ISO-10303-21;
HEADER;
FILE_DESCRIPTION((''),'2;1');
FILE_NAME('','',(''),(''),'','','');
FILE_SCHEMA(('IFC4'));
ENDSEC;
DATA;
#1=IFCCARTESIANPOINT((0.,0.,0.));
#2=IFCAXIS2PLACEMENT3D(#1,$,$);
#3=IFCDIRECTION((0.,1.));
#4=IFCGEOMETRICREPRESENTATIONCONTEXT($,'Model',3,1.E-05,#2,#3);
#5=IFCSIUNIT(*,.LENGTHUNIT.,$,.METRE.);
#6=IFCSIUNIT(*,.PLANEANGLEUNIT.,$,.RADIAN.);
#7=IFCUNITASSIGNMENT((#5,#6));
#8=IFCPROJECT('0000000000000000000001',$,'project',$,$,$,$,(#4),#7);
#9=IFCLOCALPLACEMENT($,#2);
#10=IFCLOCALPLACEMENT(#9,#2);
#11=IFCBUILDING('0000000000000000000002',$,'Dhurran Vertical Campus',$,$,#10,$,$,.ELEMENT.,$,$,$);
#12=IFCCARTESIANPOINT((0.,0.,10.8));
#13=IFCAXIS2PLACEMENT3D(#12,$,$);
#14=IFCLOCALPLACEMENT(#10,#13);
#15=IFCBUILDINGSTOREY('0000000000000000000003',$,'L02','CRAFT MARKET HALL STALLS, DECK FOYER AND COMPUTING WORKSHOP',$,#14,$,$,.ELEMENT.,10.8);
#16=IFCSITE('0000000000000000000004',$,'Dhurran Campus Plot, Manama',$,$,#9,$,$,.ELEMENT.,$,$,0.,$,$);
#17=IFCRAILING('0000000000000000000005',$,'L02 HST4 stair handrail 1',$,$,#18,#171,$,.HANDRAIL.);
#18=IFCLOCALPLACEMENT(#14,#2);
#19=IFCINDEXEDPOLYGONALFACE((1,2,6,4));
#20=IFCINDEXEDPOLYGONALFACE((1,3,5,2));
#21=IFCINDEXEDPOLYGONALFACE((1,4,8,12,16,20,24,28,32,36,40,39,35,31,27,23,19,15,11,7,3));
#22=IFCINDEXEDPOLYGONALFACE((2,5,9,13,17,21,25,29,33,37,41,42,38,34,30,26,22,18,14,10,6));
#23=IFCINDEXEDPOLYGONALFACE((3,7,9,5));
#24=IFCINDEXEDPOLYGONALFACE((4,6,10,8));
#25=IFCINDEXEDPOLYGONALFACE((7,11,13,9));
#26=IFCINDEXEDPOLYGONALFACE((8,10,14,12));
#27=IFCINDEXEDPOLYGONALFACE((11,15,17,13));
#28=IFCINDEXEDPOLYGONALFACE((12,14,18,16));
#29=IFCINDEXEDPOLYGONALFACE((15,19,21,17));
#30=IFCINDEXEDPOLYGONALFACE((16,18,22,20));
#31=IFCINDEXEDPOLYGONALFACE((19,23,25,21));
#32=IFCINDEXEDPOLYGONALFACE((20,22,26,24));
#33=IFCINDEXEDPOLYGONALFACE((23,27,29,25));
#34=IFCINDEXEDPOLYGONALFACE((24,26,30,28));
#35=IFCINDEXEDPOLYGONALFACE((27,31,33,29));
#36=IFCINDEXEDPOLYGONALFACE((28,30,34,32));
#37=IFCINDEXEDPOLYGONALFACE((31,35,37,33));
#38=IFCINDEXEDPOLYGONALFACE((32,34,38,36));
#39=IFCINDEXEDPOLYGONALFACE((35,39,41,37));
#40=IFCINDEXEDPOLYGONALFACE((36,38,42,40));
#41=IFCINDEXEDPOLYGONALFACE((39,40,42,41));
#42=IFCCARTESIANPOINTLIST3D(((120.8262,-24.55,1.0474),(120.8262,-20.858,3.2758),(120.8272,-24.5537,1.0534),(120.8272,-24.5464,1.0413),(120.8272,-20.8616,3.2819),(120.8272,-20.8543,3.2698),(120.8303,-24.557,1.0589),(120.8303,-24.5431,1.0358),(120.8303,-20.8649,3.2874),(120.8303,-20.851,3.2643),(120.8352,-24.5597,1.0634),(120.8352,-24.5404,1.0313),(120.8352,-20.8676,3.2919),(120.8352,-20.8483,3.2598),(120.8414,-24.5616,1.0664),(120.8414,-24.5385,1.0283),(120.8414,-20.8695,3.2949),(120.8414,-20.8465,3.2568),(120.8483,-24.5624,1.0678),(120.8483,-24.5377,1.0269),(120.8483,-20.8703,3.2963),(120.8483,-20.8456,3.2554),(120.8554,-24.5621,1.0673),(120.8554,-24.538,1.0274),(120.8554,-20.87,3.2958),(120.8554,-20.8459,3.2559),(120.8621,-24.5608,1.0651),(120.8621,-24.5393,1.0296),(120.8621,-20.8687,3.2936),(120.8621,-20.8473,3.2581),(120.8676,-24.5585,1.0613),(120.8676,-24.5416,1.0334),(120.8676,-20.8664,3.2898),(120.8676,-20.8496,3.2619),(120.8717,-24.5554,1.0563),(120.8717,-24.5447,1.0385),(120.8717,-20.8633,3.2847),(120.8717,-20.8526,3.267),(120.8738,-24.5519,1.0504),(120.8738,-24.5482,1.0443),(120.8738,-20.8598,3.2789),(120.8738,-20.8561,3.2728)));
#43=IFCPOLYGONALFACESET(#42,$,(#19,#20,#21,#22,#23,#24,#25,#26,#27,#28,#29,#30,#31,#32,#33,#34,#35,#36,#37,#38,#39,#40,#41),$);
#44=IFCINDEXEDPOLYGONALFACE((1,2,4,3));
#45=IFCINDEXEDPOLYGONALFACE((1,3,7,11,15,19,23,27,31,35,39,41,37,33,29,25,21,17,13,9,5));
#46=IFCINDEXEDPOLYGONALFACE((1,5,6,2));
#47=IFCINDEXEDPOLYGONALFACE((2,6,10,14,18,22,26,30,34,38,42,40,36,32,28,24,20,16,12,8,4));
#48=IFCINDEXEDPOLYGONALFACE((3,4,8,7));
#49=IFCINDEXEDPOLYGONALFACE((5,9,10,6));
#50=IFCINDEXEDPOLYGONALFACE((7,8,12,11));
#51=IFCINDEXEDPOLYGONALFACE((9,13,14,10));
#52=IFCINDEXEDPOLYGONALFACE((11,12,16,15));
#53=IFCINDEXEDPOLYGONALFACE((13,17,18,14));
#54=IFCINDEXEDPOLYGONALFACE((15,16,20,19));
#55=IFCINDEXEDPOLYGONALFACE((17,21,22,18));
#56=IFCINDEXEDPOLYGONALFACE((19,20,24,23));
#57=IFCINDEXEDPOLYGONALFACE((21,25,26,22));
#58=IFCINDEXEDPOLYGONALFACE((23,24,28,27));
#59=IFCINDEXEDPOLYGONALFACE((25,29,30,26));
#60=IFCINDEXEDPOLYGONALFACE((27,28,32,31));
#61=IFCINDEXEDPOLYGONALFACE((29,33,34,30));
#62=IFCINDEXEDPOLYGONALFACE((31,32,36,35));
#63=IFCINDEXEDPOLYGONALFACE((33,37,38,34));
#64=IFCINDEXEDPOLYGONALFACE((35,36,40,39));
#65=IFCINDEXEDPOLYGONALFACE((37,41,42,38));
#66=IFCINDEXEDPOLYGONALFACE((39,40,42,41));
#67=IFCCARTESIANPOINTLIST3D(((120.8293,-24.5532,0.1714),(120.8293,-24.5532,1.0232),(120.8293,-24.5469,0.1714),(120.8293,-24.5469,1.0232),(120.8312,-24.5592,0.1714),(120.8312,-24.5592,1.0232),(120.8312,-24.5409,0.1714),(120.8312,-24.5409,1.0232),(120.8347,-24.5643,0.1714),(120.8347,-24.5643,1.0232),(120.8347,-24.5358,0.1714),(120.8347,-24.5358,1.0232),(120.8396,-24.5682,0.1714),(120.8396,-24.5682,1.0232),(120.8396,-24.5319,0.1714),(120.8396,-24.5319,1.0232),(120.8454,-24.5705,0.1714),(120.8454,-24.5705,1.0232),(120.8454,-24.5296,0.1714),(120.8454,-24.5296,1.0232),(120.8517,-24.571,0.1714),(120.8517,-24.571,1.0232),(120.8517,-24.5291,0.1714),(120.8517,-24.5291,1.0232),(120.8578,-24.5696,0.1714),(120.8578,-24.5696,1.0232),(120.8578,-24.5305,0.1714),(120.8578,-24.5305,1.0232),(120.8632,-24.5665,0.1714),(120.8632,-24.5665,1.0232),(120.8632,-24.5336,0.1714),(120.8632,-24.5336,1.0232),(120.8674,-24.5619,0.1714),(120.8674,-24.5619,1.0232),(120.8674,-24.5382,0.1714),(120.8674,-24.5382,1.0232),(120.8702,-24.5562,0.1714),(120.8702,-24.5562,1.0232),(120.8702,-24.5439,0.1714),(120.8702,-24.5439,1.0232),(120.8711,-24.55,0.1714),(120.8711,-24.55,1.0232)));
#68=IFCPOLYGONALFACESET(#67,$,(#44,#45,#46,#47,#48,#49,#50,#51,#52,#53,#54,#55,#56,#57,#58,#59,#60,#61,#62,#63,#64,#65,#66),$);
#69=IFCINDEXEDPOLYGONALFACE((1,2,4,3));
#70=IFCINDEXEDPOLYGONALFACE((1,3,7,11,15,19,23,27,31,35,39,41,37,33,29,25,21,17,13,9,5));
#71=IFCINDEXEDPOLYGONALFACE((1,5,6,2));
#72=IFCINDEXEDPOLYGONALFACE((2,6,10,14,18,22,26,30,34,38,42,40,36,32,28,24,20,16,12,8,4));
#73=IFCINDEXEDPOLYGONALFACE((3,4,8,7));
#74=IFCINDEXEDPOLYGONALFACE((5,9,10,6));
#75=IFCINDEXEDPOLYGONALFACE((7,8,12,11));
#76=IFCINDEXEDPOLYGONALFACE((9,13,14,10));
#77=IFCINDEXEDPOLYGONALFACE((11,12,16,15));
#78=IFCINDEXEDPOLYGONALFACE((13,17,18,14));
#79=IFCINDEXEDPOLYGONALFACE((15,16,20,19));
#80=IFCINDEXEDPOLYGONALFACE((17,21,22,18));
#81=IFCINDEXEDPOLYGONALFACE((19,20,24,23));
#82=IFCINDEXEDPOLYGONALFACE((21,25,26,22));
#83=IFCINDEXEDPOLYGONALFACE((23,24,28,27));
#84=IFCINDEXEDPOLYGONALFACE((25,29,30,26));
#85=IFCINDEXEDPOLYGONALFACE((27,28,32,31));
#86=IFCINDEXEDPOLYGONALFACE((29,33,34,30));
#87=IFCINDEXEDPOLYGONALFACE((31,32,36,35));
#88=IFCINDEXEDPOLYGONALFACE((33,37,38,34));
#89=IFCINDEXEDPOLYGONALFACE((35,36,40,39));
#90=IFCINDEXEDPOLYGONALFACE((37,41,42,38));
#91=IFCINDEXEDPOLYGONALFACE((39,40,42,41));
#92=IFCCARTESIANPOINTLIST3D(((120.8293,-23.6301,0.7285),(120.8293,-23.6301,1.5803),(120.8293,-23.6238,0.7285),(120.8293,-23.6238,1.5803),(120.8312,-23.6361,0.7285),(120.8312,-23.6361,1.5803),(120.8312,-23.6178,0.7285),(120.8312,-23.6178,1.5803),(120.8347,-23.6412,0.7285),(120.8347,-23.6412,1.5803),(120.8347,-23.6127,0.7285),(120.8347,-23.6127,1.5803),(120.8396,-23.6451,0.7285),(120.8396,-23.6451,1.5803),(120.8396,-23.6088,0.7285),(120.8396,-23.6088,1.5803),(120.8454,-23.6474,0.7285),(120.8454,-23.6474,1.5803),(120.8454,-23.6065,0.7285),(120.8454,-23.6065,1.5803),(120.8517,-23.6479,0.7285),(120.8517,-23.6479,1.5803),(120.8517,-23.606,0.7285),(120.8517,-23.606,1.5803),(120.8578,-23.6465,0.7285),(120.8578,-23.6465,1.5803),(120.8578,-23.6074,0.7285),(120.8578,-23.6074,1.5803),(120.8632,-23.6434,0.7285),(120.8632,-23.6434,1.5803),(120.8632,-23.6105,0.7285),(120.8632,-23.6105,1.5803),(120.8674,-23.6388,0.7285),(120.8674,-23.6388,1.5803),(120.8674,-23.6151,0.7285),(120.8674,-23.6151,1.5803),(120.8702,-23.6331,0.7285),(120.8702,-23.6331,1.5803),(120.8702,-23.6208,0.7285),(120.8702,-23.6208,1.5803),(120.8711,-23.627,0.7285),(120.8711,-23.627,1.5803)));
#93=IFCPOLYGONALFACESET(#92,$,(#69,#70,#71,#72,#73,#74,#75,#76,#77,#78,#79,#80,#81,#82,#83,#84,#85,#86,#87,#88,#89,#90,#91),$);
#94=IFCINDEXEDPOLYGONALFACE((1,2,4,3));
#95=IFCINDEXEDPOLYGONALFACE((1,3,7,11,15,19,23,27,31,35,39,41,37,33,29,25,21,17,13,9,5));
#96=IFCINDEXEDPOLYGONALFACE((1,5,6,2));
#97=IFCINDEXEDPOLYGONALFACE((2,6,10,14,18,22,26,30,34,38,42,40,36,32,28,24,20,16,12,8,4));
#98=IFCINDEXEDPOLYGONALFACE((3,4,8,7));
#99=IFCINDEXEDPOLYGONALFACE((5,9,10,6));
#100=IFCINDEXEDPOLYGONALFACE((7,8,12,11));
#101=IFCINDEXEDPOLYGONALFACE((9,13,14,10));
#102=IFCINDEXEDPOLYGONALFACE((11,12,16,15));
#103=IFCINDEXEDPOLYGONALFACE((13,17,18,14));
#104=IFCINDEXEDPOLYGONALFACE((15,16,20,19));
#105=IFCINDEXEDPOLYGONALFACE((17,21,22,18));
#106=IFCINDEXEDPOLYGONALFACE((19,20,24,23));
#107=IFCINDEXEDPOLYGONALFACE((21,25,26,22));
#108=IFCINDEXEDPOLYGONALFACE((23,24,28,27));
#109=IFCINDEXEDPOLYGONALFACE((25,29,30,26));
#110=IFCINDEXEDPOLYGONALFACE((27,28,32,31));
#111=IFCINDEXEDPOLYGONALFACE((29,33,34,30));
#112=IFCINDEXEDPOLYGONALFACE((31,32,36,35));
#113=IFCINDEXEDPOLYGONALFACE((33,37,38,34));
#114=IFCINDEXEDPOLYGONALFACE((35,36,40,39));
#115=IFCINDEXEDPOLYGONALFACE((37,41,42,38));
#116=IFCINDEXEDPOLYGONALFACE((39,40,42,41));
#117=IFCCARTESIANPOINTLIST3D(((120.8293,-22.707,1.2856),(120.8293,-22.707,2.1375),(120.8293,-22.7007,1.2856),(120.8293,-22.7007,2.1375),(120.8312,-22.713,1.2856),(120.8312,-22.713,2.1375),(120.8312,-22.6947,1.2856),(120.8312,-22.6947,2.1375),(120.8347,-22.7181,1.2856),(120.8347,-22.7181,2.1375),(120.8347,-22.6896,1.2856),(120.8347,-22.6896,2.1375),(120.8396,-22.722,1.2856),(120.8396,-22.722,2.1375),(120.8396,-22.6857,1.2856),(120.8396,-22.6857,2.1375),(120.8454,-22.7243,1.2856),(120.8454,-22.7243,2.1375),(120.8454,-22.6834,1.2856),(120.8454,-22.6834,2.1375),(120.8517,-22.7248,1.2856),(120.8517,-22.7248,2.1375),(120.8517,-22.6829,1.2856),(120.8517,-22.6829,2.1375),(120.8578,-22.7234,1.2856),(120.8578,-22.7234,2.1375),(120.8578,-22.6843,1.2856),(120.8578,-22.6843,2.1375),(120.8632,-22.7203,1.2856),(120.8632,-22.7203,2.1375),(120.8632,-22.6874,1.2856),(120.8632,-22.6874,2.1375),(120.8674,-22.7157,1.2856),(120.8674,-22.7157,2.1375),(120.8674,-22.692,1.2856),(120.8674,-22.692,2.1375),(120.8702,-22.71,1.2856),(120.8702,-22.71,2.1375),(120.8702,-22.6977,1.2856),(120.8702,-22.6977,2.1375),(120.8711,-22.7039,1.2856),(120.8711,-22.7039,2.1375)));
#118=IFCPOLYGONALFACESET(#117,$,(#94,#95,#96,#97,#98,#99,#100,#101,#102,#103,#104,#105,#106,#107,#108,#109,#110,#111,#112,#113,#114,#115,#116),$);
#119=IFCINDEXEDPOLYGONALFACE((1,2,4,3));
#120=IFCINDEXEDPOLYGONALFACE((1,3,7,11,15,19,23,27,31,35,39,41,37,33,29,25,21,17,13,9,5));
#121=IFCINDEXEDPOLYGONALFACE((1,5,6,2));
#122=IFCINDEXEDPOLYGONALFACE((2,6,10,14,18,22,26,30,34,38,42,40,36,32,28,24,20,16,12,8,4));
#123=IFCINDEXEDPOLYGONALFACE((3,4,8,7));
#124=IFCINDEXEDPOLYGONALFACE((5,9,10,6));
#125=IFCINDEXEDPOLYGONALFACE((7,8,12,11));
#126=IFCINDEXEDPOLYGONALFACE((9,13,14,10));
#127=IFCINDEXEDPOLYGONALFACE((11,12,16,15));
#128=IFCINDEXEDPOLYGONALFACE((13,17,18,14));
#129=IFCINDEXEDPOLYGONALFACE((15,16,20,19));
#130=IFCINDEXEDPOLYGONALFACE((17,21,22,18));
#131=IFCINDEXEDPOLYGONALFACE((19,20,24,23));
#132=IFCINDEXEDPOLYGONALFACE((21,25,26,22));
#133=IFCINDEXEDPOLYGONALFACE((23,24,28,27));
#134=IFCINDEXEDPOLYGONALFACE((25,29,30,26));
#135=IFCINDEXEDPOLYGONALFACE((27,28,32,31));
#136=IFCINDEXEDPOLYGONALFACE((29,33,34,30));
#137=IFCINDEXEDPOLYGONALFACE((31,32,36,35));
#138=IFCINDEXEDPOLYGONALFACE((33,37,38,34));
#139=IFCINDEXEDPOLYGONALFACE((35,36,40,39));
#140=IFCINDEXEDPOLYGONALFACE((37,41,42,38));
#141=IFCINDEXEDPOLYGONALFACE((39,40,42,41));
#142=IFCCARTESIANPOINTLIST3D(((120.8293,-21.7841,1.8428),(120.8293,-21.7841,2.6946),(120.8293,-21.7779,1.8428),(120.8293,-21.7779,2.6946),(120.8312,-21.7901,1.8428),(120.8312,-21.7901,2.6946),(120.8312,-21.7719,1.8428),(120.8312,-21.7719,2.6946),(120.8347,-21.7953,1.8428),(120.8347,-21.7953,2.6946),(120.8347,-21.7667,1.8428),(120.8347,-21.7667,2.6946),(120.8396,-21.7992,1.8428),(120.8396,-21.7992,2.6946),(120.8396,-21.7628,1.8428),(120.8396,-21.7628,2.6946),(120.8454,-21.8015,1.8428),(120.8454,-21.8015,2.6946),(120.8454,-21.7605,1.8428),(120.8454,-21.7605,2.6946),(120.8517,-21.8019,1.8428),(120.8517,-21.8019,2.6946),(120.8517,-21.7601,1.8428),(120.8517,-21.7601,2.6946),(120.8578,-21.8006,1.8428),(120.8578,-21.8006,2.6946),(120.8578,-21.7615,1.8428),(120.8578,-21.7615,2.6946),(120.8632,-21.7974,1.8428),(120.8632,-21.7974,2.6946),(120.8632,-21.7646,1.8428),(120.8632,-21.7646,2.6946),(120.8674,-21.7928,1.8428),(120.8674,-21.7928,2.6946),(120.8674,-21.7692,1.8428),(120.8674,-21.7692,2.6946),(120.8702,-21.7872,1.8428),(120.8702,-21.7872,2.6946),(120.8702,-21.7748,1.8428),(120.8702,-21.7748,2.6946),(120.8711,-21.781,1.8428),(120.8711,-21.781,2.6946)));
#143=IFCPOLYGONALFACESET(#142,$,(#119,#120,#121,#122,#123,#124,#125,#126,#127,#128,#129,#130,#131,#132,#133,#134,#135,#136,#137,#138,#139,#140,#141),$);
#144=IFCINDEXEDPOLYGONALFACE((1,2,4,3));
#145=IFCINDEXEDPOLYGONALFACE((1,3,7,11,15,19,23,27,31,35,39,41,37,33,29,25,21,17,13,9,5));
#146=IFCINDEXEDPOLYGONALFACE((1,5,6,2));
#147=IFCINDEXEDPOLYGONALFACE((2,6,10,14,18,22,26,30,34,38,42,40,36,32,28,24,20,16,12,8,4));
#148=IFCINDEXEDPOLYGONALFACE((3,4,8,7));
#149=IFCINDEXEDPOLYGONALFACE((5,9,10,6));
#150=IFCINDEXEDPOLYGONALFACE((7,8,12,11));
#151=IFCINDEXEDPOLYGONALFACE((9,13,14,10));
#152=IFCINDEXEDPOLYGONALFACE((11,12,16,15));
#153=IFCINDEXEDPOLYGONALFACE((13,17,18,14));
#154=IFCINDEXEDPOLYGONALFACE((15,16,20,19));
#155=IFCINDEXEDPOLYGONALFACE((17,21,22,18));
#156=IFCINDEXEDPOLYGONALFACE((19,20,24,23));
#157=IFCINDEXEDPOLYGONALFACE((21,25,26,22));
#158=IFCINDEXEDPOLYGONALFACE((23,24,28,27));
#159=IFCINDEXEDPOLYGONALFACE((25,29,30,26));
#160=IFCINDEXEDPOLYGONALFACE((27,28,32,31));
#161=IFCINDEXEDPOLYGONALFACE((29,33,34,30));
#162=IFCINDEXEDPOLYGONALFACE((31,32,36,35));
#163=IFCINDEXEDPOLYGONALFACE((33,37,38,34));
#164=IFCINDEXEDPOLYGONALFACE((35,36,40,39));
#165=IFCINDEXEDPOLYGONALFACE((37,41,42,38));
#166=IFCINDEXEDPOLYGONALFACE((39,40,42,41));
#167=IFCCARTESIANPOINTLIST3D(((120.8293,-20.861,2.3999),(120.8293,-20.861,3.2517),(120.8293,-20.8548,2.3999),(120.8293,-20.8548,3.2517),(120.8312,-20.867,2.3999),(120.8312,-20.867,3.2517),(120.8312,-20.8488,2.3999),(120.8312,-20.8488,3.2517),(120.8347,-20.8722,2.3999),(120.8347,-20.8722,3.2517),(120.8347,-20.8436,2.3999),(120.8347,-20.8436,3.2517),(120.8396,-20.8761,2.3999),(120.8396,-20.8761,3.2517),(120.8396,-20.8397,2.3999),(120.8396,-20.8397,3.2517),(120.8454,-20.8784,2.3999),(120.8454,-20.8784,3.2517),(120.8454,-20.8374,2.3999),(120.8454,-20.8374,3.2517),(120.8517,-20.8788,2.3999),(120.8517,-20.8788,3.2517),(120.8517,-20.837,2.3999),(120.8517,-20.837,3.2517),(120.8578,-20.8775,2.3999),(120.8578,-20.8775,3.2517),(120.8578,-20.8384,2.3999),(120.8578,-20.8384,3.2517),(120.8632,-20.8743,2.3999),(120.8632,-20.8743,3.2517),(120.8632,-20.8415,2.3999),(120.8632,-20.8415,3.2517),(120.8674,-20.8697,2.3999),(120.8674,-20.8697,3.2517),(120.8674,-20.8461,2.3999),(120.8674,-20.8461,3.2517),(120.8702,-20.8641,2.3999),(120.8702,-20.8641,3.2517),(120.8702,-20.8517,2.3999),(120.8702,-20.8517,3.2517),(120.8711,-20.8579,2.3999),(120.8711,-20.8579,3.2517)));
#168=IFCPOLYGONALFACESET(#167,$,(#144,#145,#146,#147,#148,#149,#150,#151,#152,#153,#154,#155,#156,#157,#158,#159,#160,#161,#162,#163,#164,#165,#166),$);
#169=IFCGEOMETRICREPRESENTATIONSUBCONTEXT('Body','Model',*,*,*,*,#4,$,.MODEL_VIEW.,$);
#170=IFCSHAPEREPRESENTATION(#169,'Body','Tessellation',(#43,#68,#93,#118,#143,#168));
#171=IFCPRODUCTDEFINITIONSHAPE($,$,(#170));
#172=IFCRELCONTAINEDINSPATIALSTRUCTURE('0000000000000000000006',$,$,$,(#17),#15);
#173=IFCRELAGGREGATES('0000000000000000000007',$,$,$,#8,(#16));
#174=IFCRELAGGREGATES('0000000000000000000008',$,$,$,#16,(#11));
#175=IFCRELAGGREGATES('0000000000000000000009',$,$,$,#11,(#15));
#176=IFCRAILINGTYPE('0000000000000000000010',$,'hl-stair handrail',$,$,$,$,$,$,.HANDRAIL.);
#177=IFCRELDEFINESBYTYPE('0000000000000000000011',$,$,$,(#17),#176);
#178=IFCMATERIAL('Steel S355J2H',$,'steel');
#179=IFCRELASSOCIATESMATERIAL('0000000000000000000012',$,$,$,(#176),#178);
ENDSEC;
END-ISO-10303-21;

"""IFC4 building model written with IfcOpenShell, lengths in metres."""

from ifc_helpers import new_model, si_unit, direction, frame, origin, origin_2d, place, context, subcontext, project, spatial, circle, extrude, material, type_object, element, save


model = new_model("IFC4")

# Units and contexts
model_context = context("Model", 3, precision=1e-05, world=origin(), true_north=direction((0.0, 1.0)))
body_context = subcontext(model_context, "Body", "Model", "MODEL_VIEW")
ifc_project = project(units=[si_unit("LENGTHUNIT", "METRE"), si_unit("PLANEANGLEUNIT", "RADIAN")], contexts=[model_context])

# Site, building, storey
site_placement = place(None, origin())
site = spatial("IfcSite", under=ifc_project, at=site_placement, Name="Dhurran Campus Plot, Manama", CompositionType="ELEMENT", RefElevation=0.0)
building_placement = place(site_placement, origin())
building = spatial("IfcBuilding", under=site, at=building_placement, Name="Dhurran Vertical Campus", CompositionType="ELEMENT")
storey_placement = place(building_placement, frame((0.0, 0.0, 10.8)))
storey = spatial("IfcBuildingStorey", under=building, at=storey_placement, Name="L02", Description="CRAFT MARKET HALL STALLS, DECK FOYER AND COMPUTING WORKSHOP", CompositionType="ELEMENT", Elevation=10.8)

# Railing
ifc_material_1 = material(Name="Steel S355J2H", Category="steel")
railing_type_1 = type_object("IfcRailingType", Name="hl-stair handrail", PredefinedType="HANDRAIL", material=ifc_material_1)
railing_1_placement = place(storey_placement, frame((120.8501, -24.55, 0.1714)))
element("IfcRailing", 1, at=railing_1_placement, inside=storey, type_object=railing_type_1, Name="L02 HST4 stair handrail 1", PredefinedType="HANDRAIL", context=body_context, shape_type="SweptSolid", body=[
    extrude(circle(Radius=0.0239, at=origin_2d()), frame((0.0, 0.0, 0.876), z_axis=(0.0, 0.856136, 0.51675), x_axis=(-1.0, 0.0, 0.0)), (0.0, 0.0, 1.0), 4.3125),
    extrude(circle(Radius=0.021, at=origin_2d()), origin(), (0.0, 0.0, 1.0), 0.8518),
    extrude(circle(Radius=0.021, at=origin_2d()), frame((0.0, 0.9231, 0.5571)), (0.0, 0.0, 1.0), 0.8518),
    extrude(circle(Radius=0.021, at=origin_2d()), frame((0.0, 1.8462, 1.1143)), (0.0, 0.0, 1.0), 0.8518),
    extrude(circle(Radius=0.021, at=origin_2d()), frame((0.0, 2.769, 1.6714)), (0.0, 0.0, 1.0), 0.8518),
    extrude(circle(Radius=0.021, at=origin_2d()), frame((0.0, 3.6921, 2.2285)), (0.0, 0.0, 1.0), 0.8518),
])

save(model, "model.ifc")
